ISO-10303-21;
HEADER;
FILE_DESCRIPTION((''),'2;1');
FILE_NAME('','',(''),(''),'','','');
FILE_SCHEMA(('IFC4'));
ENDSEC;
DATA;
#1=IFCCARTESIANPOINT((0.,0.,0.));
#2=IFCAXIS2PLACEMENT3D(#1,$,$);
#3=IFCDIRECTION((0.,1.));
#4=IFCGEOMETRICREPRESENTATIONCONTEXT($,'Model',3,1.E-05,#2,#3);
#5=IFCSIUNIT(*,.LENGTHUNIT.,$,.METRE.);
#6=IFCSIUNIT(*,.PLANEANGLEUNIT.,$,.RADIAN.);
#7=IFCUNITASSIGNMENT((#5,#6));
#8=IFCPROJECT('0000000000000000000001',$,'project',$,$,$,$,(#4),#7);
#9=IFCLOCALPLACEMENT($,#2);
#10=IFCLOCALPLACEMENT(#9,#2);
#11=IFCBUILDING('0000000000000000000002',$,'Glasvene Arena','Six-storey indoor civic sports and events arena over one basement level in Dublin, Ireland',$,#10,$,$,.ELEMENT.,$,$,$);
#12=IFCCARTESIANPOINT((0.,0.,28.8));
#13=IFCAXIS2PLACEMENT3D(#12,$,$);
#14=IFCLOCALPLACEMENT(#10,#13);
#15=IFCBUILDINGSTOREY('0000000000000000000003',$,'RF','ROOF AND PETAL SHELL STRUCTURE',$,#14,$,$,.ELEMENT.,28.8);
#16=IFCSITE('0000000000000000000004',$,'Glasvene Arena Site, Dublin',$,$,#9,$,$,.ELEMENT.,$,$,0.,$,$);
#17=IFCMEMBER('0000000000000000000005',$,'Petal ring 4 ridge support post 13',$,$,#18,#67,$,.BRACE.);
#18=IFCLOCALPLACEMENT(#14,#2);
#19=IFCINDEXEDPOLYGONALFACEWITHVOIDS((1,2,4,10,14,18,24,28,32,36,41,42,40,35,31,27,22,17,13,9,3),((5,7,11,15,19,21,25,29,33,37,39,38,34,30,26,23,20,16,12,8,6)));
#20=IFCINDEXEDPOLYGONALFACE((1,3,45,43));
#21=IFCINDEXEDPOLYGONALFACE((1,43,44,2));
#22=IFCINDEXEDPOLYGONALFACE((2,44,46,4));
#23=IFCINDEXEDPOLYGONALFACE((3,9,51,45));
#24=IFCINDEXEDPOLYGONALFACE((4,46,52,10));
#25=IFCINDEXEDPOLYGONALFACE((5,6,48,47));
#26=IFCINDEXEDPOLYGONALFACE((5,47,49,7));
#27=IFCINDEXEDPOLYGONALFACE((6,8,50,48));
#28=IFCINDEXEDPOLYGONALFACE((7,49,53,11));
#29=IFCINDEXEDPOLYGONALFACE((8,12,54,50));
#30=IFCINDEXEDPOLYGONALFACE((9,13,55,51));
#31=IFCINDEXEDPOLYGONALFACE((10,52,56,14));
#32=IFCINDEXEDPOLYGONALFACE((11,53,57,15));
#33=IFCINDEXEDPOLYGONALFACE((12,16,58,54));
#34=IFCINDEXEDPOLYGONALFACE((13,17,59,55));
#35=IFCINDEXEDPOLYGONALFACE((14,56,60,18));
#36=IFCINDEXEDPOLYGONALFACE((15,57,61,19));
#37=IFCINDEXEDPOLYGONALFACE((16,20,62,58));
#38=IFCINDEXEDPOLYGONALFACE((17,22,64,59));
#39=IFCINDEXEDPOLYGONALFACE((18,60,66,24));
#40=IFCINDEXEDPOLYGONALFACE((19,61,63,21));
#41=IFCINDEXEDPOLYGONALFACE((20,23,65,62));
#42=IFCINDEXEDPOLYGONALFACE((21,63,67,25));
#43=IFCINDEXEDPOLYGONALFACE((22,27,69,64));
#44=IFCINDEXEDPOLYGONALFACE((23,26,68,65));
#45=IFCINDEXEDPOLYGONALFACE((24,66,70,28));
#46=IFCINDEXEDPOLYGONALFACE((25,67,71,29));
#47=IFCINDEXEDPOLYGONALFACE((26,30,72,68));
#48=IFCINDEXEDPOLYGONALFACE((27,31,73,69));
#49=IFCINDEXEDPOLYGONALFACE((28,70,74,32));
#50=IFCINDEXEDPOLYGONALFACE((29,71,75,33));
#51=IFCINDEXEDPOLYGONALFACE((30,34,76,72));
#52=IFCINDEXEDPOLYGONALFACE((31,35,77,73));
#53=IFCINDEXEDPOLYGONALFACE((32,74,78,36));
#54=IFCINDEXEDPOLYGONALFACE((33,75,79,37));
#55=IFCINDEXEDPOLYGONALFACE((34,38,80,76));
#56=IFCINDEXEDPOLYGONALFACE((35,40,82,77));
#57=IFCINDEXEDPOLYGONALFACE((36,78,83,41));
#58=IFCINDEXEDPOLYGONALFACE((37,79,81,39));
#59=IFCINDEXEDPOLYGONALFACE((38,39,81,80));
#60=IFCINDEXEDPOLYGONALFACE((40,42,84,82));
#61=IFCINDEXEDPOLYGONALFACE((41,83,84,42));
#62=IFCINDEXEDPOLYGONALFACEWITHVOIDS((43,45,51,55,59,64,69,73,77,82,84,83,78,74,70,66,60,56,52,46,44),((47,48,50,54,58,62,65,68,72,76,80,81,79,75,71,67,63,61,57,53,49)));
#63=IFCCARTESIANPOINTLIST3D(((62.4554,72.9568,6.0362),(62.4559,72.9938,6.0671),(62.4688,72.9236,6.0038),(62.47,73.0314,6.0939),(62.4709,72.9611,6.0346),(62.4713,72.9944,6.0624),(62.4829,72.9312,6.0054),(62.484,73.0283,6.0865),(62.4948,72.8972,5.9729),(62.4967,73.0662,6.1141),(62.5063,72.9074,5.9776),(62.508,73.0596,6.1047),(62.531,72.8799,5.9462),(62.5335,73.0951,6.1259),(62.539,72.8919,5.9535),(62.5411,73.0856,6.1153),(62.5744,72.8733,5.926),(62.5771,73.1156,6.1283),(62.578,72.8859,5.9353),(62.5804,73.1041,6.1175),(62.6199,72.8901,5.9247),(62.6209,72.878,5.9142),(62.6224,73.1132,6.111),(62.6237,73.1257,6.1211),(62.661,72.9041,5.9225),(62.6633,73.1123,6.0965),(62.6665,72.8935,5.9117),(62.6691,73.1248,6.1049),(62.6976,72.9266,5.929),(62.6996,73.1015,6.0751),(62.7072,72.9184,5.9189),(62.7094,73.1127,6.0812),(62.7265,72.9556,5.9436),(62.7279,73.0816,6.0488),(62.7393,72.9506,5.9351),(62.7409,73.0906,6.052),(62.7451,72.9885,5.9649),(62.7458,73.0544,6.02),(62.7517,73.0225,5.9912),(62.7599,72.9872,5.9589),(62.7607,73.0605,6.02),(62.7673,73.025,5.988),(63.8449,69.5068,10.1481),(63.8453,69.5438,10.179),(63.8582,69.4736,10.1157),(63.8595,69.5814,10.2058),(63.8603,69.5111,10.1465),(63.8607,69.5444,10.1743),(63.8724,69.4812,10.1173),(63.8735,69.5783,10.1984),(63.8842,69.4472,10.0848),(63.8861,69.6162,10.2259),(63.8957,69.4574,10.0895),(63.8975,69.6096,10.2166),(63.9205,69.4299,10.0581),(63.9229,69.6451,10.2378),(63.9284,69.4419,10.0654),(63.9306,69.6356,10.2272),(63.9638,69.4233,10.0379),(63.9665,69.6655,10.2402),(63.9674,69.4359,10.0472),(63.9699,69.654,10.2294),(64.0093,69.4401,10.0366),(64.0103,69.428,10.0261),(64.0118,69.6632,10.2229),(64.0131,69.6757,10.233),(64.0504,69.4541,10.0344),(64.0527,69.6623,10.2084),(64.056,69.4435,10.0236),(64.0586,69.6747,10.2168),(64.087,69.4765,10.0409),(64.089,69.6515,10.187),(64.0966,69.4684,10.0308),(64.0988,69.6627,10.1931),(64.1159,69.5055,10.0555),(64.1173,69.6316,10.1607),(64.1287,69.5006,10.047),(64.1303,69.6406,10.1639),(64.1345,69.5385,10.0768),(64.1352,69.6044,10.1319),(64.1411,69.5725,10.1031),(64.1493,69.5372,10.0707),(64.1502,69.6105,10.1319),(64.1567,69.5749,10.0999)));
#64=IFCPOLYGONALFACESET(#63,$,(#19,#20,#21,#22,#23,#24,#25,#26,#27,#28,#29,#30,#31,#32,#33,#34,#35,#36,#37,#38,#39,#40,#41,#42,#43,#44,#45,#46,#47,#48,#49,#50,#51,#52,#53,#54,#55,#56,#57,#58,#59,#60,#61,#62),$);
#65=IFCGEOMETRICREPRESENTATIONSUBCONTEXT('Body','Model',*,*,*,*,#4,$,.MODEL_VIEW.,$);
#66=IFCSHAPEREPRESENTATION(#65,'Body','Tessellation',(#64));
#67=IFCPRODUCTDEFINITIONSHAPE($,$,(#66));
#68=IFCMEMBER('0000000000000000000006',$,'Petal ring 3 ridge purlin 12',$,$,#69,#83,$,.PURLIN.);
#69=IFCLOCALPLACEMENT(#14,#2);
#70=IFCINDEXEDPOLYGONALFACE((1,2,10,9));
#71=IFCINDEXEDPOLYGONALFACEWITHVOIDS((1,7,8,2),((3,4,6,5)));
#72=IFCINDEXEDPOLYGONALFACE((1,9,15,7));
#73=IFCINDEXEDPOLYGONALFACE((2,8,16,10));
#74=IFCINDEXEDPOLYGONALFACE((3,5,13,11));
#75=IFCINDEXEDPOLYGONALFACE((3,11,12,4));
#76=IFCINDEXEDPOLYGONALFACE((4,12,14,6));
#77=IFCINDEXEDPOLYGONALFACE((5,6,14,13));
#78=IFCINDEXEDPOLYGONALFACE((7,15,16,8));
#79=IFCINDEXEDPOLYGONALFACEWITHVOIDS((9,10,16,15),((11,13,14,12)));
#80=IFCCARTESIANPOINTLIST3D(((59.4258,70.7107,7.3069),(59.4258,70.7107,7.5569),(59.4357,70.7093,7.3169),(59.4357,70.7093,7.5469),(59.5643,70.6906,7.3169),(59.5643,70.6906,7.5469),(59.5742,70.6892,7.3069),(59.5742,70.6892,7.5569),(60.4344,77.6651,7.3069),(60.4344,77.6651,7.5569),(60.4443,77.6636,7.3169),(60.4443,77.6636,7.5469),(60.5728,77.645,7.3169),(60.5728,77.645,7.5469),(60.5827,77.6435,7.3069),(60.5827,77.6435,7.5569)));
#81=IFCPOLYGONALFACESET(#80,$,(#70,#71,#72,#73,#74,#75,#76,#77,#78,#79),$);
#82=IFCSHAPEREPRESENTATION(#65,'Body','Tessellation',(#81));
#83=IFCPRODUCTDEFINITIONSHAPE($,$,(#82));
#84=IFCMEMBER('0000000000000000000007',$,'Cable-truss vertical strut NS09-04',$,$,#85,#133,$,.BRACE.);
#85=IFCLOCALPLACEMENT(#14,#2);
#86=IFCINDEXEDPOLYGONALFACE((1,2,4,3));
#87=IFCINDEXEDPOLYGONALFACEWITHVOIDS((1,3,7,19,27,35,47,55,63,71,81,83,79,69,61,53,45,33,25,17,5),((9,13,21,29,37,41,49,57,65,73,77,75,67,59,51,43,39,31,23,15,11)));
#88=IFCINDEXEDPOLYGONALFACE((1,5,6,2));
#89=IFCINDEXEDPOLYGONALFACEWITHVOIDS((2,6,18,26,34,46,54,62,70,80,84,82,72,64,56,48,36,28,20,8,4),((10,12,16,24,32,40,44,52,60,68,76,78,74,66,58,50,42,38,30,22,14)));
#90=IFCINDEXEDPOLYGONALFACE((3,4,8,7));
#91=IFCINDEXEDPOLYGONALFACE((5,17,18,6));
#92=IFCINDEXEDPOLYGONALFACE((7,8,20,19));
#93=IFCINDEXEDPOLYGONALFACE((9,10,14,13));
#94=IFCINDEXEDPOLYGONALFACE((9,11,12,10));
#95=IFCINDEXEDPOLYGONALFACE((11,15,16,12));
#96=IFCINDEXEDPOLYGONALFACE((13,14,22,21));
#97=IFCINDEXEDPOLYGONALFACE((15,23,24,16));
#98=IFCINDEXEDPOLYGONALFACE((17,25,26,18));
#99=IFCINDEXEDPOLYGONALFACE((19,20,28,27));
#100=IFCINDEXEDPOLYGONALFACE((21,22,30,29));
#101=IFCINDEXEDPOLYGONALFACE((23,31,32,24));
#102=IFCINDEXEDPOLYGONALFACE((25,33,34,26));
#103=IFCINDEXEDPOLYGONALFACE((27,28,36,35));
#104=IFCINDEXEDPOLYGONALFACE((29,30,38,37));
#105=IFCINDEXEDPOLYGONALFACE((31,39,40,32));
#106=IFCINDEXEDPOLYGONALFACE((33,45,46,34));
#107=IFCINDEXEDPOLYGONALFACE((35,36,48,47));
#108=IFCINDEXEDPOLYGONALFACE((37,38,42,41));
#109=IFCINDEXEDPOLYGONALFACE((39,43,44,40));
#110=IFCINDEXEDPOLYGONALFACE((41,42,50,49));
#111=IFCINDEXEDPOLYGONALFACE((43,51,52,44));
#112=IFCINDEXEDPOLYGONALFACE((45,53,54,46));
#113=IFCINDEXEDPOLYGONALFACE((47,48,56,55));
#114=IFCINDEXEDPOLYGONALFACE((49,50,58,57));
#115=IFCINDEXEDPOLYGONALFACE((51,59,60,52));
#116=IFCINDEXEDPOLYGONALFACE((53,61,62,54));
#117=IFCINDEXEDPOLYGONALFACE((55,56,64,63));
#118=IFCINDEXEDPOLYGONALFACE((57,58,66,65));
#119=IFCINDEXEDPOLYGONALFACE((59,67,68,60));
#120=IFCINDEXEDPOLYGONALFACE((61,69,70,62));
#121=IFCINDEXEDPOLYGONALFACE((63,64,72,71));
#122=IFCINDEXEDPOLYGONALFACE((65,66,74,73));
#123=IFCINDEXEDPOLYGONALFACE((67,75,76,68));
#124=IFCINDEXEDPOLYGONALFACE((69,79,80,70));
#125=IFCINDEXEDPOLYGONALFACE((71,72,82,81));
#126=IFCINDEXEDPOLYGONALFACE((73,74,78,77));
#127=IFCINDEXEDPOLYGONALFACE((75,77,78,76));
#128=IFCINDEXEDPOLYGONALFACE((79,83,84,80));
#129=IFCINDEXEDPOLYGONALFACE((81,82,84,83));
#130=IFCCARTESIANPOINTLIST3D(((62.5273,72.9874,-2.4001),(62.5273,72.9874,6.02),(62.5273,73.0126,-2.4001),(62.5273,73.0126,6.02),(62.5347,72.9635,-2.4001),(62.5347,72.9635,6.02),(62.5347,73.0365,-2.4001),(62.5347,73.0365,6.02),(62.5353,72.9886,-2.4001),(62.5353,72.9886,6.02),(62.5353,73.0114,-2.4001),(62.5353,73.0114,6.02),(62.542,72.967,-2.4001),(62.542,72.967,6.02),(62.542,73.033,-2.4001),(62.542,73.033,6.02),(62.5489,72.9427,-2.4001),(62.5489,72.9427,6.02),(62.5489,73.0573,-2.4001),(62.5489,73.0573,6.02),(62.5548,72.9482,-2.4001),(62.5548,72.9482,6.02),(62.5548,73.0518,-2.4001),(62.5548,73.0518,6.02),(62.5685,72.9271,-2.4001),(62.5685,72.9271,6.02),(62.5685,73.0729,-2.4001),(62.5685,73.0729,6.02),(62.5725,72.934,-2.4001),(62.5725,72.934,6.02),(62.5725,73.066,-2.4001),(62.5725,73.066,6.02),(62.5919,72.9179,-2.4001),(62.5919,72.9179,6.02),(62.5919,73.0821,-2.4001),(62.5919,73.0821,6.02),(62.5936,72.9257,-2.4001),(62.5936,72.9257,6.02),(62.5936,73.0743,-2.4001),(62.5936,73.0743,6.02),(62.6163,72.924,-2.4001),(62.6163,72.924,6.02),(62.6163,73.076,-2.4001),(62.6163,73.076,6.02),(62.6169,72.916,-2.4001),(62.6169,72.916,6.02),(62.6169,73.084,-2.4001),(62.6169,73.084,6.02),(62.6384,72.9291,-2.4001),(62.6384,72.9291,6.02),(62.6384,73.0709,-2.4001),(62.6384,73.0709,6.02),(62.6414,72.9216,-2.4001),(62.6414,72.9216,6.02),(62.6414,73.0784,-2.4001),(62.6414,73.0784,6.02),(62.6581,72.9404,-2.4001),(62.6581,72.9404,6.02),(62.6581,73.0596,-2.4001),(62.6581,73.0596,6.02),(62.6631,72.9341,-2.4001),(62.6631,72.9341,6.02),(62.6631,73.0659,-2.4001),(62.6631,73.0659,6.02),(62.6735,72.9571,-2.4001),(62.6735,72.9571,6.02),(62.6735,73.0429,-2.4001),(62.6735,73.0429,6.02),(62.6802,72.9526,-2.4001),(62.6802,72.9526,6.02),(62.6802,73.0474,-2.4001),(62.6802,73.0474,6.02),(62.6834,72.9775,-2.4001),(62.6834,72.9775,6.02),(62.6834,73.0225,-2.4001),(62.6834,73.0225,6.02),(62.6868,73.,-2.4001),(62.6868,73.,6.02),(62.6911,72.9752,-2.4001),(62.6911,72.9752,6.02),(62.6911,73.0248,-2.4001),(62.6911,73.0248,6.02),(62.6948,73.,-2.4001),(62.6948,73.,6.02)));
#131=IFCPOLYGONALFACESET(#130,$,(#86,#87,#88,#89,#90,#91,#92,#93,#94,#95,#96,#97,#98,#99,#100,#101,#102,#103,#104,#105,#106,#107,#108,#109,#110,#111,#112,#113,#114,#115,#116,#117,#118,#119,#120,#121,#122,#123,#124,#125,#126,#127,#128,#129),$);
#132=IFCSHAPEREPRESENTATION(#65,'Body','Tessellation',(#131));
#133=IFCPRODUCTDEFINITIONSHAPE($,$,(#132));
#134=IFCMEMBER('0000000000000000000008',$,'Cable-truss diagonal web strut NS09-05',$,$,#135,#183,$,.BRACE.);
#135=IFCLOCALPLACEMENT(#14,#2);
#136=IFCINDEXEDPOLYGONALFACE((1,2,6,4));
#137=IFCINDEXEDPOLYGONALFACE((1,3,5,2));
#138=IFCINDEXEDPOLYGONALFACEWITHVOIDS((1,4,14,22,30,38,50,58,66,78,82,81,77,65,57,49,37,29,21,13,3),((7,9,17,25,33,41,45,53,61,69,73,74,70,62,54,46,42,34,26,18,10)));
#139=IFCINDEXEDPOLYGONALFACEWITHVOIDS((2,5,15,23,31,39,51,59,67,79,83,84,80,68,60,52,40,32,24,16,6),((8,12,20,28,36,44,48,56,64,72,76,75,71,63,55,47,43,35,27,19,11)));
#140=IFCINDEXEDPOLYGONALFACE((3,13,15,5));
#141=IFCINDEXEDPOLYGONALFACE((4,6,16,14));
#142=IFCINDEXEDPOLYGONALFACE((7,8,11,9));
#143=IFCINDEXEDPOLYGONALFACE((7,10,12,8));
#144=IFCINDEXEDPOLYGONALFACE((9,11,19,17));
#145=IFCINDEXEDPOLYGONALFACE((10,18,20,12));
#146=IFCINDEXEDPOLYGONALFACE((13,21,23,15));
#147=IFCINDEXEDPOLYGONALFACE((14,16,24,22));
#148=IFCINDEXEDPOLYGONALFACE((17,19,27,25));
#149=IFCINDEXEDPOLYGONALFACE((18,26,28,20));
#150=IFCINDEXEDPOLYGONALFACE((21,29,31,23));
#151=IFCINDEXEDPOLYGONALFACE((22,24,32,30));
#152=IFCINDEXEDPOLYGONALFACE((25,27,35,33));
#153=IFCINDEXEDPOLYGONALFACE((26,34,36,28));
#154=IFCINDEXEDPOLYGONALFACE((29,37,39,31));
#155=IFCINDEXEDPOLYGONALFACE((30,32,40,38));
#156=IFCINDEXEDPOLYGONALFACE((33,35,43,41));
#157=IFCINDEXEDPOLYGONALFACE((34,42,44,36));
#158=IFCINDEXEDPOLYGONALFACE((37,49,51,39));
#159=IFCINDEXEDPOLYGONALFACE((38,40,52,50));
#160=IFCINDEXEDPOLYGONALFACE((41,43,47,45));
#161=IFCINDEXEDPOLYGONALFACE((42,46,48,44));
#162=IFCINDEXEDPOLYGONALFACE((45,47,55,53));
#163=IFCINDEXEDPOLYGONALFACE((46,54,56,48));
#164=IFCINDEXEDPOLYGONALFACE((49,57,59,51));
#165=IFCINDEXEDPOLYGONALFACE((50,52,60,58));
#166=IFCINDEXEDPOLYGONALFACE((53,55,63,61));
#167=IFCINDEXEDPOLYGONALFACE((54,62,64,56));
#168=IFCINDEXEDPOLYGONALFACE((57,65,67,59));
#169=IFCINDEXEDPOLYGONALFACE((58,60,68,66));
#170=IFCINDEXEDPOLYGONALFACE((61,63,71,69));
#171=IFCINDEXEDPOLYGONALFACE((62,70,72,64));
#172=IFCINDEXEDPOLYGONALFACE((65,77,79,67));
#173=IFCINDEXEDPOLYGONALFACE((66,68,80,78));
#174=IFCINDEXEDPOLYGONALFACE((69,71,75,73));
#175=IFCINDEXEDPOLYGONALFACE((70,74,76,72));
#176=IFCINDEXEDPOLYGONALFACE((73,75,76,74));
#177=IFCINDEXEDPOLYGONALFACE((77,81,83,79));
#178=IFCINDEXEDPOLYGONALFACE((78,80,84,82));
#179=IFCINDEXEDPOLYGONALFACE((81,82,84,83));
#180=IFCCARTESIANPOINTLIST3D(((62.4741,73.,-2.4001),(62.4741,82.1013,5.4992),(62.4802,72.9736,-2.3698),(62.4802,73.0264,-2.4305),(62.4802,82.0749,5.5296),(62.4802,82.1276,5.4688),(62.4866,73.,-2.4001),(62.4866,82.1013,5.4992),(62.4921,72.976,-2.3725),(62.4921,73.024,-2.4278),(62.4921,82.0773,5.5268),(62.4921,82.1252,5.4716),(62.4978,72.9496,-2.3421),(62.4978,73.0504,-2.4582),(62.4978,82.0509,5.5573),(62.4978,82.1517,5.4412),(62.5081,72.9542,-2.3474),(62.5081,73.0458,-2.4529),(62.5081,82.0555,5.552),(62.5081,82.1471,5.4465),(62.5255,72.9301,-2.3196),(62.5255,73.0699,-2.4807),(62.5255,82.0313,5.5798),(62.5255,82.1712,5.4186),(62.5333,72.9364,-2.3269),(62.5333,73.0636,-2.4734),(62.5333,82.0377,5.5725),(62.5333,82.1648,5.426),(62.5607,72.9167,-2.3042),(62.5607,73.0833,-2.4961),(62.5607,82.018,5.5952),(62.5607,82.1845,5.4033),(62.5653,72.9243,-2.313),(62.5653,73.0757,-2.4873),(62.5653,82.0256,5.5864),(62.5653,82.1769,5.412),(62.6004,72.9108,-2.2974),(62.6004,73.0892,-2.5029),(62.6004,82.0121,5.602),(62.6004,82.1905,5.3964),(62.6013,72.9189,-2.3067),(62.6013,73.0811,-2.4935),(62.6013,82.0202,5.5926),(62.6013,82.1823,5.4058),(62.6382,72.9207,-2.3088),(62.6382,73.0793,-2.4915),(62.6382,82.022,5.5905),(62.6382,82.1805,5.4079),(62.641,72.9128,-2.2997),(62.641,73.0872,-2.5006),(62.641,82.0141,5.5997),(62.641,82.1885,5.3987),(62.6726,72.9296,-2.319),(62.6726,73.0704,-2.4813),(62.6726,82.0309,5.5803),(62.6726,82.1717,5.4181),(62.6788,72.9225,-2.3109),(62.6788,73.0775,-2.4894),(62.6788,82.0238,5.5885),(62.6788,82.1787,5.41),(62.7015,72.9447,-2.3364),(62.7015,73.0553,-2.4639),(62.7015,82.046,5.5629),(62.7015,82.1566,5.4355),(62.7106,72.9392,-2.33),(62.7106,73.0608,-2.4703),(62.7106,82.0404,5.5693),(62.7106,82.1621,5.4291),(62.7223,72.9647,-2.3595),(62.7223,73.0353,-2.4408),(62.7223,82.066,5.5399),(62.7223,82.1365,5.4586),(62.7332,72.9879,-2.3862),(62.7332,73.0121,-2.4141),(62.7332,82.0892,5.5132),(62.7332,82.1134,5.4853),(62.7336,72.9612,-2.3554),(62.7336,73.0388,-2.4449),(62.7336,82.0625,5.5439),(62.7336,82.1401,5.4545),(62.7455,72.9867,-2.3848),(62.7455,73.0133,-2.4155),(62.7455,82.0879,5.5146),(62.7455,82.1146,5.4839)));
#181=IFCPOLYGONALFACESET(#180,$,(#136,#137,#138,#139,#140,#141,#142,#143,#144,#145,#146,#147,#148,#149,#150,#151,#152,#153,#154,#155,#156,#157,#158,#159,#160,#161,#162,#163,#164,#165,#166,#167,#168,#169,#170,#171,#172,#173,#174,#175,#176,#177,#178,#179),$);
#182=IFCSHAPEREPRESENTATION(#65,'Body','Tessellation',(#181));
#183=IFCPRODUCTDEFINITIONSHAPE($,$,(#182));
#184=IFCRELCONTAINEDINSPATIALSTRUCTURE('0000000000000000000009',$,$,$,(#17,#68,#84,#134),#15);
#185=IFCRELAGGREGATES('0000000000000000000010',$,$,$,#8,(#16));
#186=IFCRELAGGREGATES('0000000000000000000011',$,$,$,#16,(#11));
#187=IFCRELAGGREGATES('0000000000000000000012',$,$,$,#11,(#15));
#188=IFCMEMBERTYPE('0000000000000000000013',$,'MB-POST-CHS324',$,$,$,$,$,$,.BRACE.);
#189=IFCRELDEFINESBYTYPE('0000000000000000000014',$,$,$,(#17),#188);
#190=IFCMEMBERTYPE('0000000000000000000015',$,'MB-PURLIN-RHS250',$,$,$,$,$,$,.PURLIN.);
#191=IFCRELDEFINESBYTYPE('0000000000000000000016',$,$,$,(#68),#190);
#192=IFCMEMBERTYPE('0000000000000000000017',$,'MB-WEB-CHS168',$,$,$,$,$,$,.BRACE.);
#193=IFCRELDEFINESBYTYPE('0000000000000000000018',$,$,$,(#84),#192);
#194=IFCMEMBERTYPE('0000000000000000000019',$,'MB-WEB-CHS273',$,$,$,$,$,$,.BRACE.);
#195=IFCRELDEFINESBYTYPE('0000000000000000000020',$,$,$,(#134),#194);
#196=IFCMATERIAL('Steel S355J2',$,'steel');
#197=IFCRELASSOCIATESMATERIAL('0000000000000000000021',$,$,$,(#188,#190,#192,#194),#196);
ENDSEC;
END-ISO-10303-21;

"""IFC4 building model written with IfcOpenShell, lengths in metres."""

from ifc_helpers import new_model, si_unit, direction, frame, origin, origin_2d, place, context, subcontext, project, spatial, hollow_rectangle, hollow_circle, extrude, material, material_profile, profile_set, type_object, element, save


model = new_model("IFC4")

# Units and contexts
model_context = context("Model", 3, precision=1e-05, world=origin(), true_north=direction((0.0, 1.0)))
body_context = subcontext(model_context, "Body", "Model", "MODEL_VIEW")
ifc_project = project(units=[si_unit("LENGTHUNIT", "METRE"), si_unit("PLANEANGLEUNIT", "RADIAN")], contexts=[model_context])

# Site, building, storey
site_placement = place(None, origin())
site = spatial("IfcSite", under=ifc_project, at=site_placement, Name="Glasvene Arena Site, Dublin", CompositionType="ELEMENT", RefElevation=0.0)
building_placement = place(site_placement, origin())
building = spatial("IfcBuilding", under=site, at=building_placement, Name="Glasvene Arena", Description="Six-storey indoor civic sports and events arena over one basement level in Dublin, Ireland", CompositionType="ELEMENT")
storey_placement = place(building_placement, frame((0.0, 0.0, 28.8)))
storey = spatial("IfcBuildingStorey", under=building, at=storey_placement, Name="RF", Description="ROOF AND PETAL SHELL STRUCTURE", CompositionType="ELEMENT", Elevation=28.8)

# Members
ifc_material_1 = material(Name="Steel S355J2", Category="steel")
ifc_material_profile_1 = material_profile(ifc_material_1, hollow_circle(Radius=0.1619, WallThickness=0.0161, at=origin_2d()), Name="CHS 323.9x16.0")
ifc_profile_set_1 = profile_set([ifc_material_profile_1], Name="Steel S355J2")
member_type_1 = type_object("IfcMemberType", Name="MB-POST-CHS324", PredefinedType="BRACE", material=ifc_profile_set_1)
member_1_placement = place(storey_placement, frame((62.6106, 73.0, 6.02), z_axis=(0.250599, -0.622248, 0.741625), x_axis=(0.9276, 0.373574, 0.0)))
element("IfcMember", 1, at=member_1_placement, inside=storey, type_object=member_type_1, Name="Petal ring 4 ridge support post 13", PredefinedType="BRACE", context=body_context, shape_type="SweptSolid", body=[
    extrude(hollow_circle(Radius=0.1619, WallThickness=0.0161, at=origin_2d()), origin(), (0.0, 0.0, 1.0), 5.5444),
])
ifc_material_profile_2 = material_profile(ifc_material_1, hollow_rectangle(XDim=0.1499, YDim=0.25, WallThickness=0.01, at=origin_2d()), Name="RHS 250x150x10.0")
ifc_profile_set_2 = profile_set([ifc_material_profile_2], Name="Steel S355J2")
member_type_2 = type_object("IfcMemberType", Name="MB-PURLIN-RHS250", PredefinedType="PURLIN", material=ifc_profile_set_2)
member_2_placement = place(storey_placement, frame((60.5085, 77.6543, 7.4319), z_axis=(-0.143522, -0.989647, 0.0), x_axis=(0.989647, -0.143522, 0.0)))
element("IfcMember", 2, at=member_2_placement, inside=storey, type_object=member_type_2, Name="Petal ring 3 ridge purlin 12", PredefinedType="PURLIN", context=body_context, shape_type="SweptSolid", body=[
    extrude(hollow_rectangle(XDim=0.1499, YDim=0.25, WallThickness=0.01, at=origin_2d()), origin(), (0.0, 0.0, 1.0), 7.0271),
])
ifc_material_profile_3 = material_profile(ifc_material_1, hollow_circle(Radius=0.0842, WallThickness=0.0081, at=origin_2d()), Name="CHS 168.3x8.0")
ifc_profile_set_3 = profile_set([ifc_material_profile_3], Name="Steel S355J2")
member_type_3 = type_object("IfcMemberType", Name="MB-WEB-CHS168", PredefinedType="BRACE", material=ifc_profile_set_3)
member_3_placement = place(storey_placement, frame((62.6106, 73.0, -2.4001), z_axis=(0.0, 0.0, 1.0), x_axis=(1.0, 0.0, 0.0)))
element("IfcMember", 3, at=member_3_placement, inside=storey, type_object=member_type_3, Name="Cable-truss vertical strut NS09-04", PredefinedType="BRACE", context=body_context, shape_type="SweptSolid", body=[
    extrude(hollow_circle(Radius=0.0842, WallThickness=0.0081, at=origin_2d()), origin(), (0.0, 0.0, 1.0), 8.4202),
])
ifc_material_profile_4 = material_profile(ifc_material_1, hollow_circle(Radius=0.1365, WallThickness=0.0125, at=origin_2d()), Name="CHS 273.0x12.5")
ifc_profile_set_4 = profile_set([ifc_material_profile_4], Name="Steel S355J2")
member_type_4 = type_object("IfcMemberType", Name="MB-WEB-CHS273", PredefinedType="BRACE", material=ifc_profile_set_4)
member_4_placement = place(storey_placement, frame((62.6106, 73.0, -2.4001), z_axis=(0.0, 0.755212, 0.65548), x_axis=(-1.0, 0.0, 0.0)))
element("IfcMember", 4, at=member_4_placement, inside=storey, type_object=member_type_4, Name="Cable-truss diagonal web strut NS09-05", PredefinedType="BRACE", context=body_context, shape_type="SweptSolid", body=[
    extrude(hollow_circle(Radius=0.1365, WallThickness=0.0125, at=origin_2d()), origin(), (0.0, 0.0, 1.0), 12.0513),
])

save(model, "model.ifc")
